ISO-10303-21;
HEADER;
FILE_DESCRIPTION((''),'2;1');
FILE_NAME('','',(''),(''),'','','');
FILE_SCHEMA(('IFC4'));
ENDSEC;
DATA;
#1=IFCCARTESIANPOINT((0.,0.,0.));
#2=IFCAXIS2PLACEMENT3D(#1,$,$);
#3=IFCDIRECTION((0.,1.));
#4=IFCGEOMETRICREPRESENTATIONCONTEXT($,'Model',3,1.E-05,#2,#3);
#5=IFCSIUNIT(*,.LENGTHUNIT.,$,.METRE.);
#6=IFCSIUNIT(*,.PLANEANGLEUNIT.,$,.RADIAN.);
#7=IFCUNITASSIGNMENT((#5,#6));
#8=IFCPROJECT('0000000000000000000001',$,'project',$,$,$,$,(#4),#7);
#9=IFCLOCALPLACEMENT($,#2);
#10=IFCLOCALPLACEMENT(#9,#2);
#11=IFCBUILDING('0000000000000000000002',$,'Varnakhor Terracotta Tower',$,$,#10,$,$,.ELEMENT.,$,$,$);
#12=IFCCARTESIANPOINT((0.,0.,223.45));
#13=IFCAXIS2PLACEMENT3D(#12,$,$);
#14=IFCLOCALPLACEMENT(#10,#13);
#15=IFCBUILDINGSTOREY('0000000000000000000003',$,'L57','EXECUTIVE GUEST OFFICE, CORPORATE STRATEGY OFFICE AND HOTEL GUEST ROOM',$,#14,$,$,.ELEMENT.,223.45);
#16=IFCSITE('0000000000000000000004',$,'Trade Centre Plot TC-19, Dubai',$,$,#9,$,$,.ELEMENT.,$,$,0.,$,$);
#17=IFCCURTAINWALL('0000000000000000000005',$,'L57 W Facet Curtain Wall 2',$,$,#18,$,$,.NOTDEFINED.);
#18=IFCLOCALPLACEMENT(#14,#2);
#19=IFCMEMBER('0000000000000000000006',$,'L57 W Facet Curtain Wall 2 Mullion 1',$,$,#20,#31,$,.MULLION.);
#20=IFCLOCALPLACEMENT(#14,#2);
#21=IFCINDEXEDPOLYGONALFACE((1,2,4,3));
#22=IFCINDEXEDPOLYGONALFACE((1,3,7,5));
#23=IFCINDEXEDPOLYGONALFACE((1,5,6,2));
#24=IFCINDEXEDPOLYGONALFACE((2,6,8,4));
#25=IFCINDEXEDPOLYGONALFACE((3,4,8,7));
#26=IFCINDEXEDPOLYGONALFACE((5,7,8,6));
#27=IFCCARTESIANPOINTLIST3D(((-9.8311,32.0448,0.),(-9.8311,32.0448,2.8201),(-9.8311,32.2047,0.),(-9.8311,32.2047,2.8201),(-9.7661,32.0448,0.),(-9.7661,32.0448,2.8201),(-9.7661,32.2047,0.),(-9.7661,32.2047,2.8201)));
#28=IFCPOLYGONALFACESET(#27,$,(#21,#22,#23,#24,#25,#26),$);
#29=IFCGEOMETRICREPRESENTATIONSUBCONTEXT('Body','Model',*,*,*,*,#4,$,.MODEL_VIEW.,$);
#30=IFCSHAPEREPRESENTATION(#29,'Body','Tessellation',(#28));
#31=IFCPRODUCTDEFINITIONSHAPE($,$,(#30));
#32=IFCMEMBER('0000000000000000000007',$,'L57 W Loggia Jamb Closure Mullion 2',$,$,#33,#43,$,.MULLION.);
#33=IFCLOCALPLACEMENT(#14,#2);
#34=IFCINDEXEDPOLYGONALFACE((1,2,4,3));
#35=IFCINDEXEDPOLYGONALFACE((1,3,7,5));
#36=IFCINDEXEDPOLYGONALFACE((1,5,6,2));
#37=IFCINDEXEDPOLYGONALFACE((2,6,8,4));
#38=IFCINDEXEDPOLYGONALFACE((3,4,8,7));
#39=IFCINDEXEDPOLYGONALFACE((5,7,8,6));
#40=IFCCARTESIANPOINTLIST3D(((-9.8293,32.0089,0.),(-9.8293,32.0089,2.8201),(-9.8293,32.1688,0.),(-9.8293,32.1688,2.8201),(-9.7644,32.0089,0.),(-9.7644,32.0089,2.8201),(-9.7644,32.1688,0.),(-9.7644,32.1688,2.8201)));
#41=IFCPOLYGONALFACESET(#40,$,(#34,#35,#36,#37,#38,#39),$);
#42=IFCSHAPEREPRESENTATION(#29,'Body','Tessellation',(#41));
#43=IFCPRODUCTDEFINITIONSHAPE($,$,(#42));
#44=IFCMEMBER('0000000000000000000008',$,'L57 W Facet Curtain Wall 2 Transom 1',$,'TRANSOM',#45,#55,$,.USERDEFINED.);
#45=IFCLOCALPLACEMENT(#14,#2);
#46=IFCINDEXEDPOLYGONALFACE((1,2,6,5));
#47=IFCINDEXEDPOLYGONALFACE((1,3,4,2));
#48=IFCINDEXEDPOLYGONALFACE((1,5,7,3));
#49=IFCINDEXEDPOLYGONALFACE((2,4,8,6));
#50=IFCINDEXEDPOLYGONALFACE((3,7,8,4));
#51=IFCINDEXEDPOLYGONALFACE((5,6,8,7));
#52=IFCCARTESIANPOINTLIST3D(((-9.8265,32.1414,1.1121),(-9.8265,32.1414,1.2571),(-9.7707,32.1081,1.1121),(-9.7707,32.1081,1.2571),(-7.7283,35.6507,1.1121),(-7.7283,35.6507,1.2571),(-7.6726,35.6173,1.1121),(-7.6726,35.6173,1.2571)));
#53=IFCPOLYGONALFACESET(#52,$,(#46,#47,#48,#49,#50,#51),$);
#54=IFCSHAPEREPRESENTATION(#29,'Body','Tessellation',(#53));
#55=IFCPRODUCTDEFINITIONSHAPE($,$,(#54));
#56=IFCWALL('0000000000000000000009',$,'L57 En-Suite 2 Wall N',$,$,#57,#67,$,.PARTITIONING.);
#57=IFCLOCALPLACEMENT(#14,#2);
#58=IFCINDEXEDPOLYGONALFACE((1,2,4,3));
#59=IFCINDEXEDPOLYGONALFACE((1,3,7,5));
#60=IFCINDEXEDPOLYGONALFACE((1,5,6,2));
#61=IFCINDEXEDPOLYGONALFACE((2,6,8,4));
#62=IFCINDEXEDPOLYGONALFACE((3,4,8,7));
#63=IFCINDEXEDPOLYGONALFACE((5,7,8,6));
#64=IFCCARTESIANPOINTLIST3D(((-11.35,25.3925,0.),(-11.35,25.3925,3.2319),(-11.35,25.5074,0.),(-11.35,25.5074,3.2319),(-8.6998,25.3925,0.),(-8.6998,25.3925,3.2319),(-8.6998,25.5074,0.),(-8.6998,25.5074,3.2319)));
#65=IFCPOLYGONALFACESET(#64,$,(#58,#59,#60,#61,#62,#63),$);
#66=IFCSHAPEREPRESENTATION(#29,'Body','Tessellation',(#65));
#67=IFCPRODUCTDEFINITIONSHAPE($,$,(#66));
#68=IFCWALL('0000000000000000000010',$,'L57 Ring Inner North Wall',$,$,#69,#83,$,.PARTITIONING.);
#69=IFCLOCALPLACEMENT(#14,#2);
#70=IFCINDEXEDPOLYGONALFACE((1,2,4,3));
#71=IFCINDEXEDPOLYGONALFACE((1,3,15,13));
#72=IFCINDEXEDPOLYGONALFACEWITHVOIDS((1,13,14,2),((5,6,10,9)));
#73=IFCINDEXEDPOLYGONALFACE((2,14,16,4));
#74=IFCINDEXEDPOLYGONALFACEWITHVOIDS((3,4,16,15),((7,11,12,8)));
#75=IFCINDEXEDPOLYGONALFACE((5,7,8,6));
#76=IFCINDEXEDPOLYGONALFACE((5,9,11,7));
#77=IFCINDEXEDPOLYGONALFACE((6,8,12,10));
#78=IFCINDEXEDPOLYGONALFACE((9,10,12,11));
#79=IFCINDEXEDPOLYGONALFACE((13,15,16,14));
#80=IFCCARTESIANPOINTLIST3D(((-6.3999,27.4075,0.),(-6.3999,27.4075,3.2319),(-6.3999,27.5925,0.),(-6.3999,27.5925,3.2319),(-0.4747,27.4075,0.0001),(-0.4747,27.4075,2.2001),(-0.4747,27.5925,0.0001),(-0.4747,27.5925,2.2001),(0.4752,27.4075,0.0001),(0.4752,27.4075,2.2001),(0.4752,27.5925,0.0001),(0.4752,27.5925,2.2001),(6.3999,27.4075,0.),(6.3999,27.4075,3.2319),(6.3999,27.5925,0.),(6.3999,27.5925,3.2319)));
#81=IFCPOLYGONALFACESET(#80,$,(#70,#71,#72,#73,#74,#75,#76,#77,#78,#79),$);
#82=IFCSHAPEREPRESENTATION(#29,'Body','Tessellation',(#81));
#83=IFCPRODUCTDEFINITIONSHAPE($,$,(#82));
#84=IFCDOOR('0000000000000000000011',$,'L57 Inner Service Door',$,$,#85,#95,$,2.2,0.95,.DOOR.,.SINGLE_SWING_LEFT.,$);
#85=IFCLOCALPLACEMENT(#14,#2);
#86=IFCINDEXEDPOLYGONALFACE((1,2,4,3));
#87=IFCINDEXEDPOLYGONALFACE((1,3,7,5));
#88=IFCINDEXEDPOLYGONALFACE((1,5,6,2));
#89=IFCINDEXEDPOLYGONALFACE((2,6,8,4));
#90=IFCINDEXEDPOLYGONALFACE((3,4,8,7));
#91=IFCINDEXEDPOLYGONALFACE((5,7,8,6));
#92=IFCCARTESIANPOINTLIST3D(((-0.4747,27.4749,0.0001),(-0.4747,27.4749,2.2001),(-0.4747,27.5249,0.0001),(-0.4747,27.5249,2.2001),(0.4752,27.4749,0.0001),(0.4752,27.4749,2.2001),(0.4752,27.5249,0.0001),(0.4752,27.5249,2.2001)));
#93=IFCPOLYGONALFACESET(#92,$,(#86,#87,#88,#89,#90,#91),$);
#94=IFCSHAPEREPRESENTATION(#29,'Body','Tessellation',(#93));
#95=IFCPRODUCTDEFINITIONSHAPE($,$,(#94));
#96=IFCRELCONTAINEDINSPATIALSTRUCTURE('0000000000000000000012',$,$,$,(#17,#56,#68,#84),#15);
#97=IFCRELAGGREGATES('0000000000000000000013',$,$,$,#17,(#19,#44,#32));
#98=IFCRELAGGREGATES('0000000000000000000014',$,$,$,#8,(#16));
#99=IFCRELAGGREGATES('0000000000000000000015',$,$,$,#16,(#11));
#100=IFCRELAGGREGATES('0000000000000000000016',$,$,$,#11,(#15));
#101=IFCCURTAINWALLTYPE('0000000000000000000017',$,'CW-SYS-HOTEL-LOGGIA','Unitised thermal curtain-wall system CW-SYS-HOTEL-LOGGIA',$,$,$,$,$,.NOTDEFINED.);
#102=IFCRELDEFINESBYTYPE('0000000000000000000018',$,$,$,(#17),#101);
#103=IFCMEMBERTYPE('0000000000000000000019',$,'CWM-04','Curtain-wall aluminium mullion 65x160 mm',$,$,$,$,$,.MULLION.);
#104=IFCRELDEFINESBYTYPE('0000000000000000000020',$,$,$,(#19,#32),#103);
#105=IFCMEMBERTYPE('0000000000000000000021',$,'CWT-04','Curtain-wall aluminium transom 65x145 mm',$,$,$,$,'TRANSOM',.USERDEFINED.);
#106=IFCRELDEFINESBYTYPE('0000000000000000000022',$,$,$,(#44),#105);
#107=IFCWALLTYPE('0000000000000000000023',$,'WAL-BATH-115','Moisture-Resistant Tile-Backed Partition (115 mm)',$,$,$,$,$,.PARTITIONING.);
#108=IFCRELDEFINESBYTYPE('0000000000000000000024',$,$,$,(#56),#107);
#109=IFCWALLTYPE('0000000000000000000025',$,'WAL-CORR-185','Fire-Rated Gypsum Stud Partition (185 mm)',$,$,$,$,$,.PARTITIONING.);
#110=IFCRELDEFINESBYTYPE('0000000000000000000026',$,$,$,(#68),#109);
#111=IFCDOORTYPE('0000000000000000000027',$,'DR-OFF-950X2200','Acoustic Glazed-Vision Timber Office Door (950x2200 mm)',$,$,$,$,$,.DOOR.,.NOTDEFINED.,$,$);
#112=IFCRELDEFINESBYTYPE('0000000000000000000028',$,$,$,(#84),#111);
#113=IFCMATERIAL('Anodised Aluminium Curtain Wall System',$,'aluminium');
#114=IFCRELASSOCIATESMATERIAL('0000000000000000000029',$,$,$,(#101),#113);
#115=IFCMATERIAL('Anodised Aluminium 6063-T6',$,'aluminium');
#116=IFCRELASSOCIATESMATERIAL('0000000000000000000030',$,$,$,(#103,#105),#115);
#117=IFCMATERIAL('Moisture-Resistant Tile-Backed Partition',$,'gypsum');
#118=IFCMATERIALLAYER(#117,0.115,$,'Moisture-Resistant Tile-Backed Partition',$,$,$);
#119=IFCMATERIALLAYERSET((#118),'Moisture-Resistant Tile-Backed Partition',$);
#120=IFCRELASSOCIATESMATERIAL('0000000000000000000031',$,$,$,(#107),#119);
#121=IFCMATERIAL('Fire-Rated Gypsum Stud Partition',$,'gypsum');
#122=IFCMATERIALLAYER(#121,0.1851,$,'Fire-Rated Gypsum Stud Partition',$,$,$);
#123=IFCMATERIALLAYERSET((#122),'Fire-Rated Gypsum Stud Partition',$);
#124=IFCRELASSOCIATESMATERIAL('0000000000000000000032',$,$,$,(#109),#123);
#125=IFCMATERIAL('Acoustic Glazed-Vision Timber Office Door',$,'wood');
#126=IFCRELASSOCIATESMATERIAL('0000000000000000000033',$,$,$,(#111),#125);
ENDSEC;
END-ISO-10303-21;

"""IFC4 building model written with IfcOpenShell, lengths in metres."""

from ifc_helpers import new_model, si_unit, direction, frame, frame_2d, origin, origin_2d, place, context, subcontext, project, spatial, rectangle, extrude, source, transform, mapped, material, layer, layer_set, material_profile, profile_set, type_object, type_shapes, element, fill, aggregate, save


model = new_model("IFC4")

# Units and contexts
model_context = context("Model", 3, precision=1e-05, world=origin(), true_north=direction((0.0, 1.0)))
body_context = subcontext(model_context, "Body", "Model", "MODEL_VIEW")
ifc_project = project(units=[si_unit("LENGTHUNIT", "METRE"), si_unit("PLANEANGLEUNIT", "RADIAN")], contexts=[model_context])

# Site, building, storey
site_placement = place(None, origin())
site = spatial("IfcSite", under=ifc_project, at=site_placement, Name="Trade Centre Plot TC-19, Dubai", CompositionType="ELEMENT", RefElevation=0.0)
building_placement = place(site_placement, origin())
building = spatial("IfcBuilding", under=site, at=building_placement, Name="Varnakhor Terracotta Tower", CompositionType="ELEMENT")
storey_placement = place(building_placement, frame((0.0, 0.0, 223.45)))
storey = spatial("IfcBuildingStorey", under=building, at=storey_placement, Name="L57", Description="EXECUTIVE GUEST OFFICE, CORPORATE STRATEGY OFFICE AND HOTEL GUEST ROOM", CompositionType="ELEMENT", Elevation=223.45)

# Curtain wall, members
ifc_material_1 = material(Name="Anodised Aluminium Curtain Wall System", Category="aluminium")
curtain_wall_type = type_object("IfcCurtainWallType", Name="CW-SYS-HOTEL-LOGGIA", Description="Unitised thermal curtain-wall system CW-SYS-HOTEL-LOGGIA", PredefinedType="NOTDEFINED", material=ifc_material_1)
curtain_wall_placement = place(storey_placement, origin())
curtain_wall = element("IfcCurtainWall", 1, at=curtain_wall_placement, inside=storey, type_object=curtain_wall_type, Name="L57 W Facet Curtain Wall 2", PredefinedType="NOTDEFINED")
ifc_material_2 = material(Name="Anodised Aluminium 6063-T6", Category="aluminium")
ifc_material_profile_1 = material_profile(ifc_material_2, rectangle(XDim=0.0649, YDim=0.1599, at=origin_2d()), Name="ALU MULLION 65x160")
ifc_profile_set_1 = profile_set([ifc_material_profile_1], Name="Anodised Aluminium 6063-T6")
member_type_1 = type_object("IfcMemberType", Name="CWM-04", Description="Curtain-wall aluminium mullion 65x160 mm", PredefinedType="MULLION", material=ifc_profile_set_1)
shared_shape_1 = source(origin(), body_context, "Body", "SweptSolid", [
    extrude(rectangle(XDim=0.0649, YDim=0.1599, at=origin_2d()), origin(), (0.0, 0.0, 1.0), 2.8201),
])
type_shapes(member_type_1, [shared_shape_1])
member_1_placement = place(storey_placement, frame((-9.7986, 32.1248, 0.0), z_axis=(0.0, 0.0, 1.0), x_axis=(1.0, 0.0, 0.0)))
member_1 = element("IfcMember", 2, at=member_1_placement, type_object=member_type_1, Name="L57 W Facet Curtain Wall 2 Mullion 1", PredefinedType="MULLION", context=body_context, shape_type="MappedRepresentation", body=[
    mapped(shared_shape_1, transform((0.0, 0.0, 0.0), scale=1.0)),
])
member_2_placement = place(storey_placement, frame((-9.7969, 32.0889, 0.0), z_axis=(0.0, 0.0, 1.0), x_axis=(1.0, 0.0, 0.0)))
member_2 = element("IfcMember", 3, at=member_2_placement, type_object=member_type_1, Name="L57 W Loggia Jamb Closure Mullion 2", PredefinedType="MULLION", context=body_context, shape_type="MappedRepresentation", body=[
    mapped(shared_shape_1, transform((0.0, 0.0, 0.0), scale=1.0)),
])
ifc_material_profile_2 = material_profile(ifc_material_2, rectangle(XDim=0.0649, YDim=0.145, at=origin_2d()), Name="ALU TRANSOM 65x145")
ifc_profile_set_2 = profile_set([ifc_material_profile_2], Name="Anodised Aluminium 6063-T6")
member_type_2 = type_object("IfcMemberType", Name="CWT-04", Description="Curtain-wall aluminium transom 65x145 mm", ElementType="TRANSOM", PredefinedType="USERDEFINED", material=ifc_profile_set_2)
shared_shape_2 = source(origin(), body_context, "Body", "SweptSolid", [
    extrude(rectangle(XDim=0.0649, YDim=0.145, at=origin_2d()), origin(), (0.0, 0.0, 1.0), 4.0886),
])
member_3_placement = place(storey_placement, frame((-9.7986, 32.1248, 1.1846), z_axis=(0.51316, 0.858293, 0.0), x_axis=(-0.858293, 0.51316, 0.0)))
member_3 = element("IfcMember", 4, at=member_3_placement, type_object=member_type_2, Name="L57 W Facet Curtain Wall 2 Transom 1", ObjectType="TRANSOM", PredefinedType="USERDEFINED", context=body_context, shape_type="MappedRepresentation", body=[
    mapped(shared_shape_2, transform((0.0, 0.0, 0.0), scale=1.0)),
])
aggregate(curtain_wall, [member_1, member_3, member_2])

# Wall
ifc_material_3 = material(Name="Moisture-Resistant Tile-Backed Partition", Category="gypsum")
ifc_layer_1 = layer(ifc_material_3, 0.115, Name="Moisture-Resistant Tile-Backed Partition")
ifc_layer_set_1 = layer_set([ifc_layer_1], Name="Moisture-Resistant Tile-Backed Partition")
wall_type_1 = type_object("IfcWallType", Name="WAL-BATH-115", Description="Moisture-Resistant Tile-Backed Partition (115 mm)", PredefinedType="PARTITIONING", material=ifc_layer_set_1)
wall_1_placement = place(storey_placement, frame((-11.3501, 25.45, 0.0), z_axis=(0.0, 0.0, 1.0), x_axis=(1.0, 0.0, 0.0)))
element("IfcWall", 5, at=wall_1_placement, inside=storey, type_object=wall_type_1, Name="L57 En-Suite 2 Wall N", PredefinedType="PARTITIONING", context=body_context, shape_type="SweptSolid", body=[
    extrude(rectangle(XDim=2.6501, YDim=0.115, at=frame_2d((1.3252, 0.0))), origin(), (0.0, 0.0, 1.0), 3.2319),
])

# Wall, opening, door
ifc_material_4 = material(Name="Fire-Rated Gypsum Stud Partition", Category="gypsum")
ifc_layer_2 = layer(ifc_material_4, 0.1851, Name="Fire-Rated Gypsum Stud Partition")
ifc_layer_set_2 = layer_set([ifc_layer_2], Name="Fire-Rated Gypsum Stud Partition")
wall_type_2 = type_object("IfcWallType", Name="WAL-CORR-185", Description="Fire-Rated Gypsum Stud Partition (185 mm)", PredefinedType="PARTITIONING", material=ifc_layer_set_2)
wall_2_placement = place(storey_placement, frame((-6.3999, 27.5, 0.0), z_axis=(0.0, 0.0, 1.0), x_axis=(1.0, 0.0, 0.0)))
wall_2 = element("IfcWall", 6, at=wall_2_placement, inside=storey, type_object=wall_type_2, Name="L57 Ring Inner North Wall", PredefinedType="PARTITIONING", context=body_context, shape_type="SweptSolid", body=[
    extrude(rectangle(XDim=12.7998, YDim=0.1851, at=frame_2d((6.3999, 0.0))), origin(), (0.0, 0.0, 1.0), 3.2319),
])
opening_1_placement = place(wall_2_placement, frame((5.925, 0.0, 0.0)))
opening_1 = element("IfcOpeningElement", 7, at=opening_1_placement, cuts=wall_2, PredefinedType="OPENING", context=body_context, shape_type="SweptSolid", body=[
    extrude(rectangle(XDim=0.95, YDim=2.2, at=frame_2d((0.4751, 1.1001))), frame((0.0, 0.1025, 0.0), z_axis=(0.0, -1.0, 0.0), x_axis=(1.0, 0.0, 0.0)), (0.0, 0.0, 1.0), 0.2051),
])
ifc_material_5 = material(Name="Acoustic Glazed-Vision Timber Office Door", Category="wood")
door_type_1 = type_object("IfcDoorType", Name="DR-OFF-950X2200", Description="Acoustic Glazed-Vision Timber Office Door (950x2200 mm)", OperationType="NOTDEFINED", PredefinedType="DOOR", material=ifc_material_5)
shared_shape_3 = source(origin(), body_context, "Body", "SweptSolid", [
    extrude(rectangle(XDim=0.95, YDim=2.2, at=frame_2d((0.4751, 1.1001))), frame((0.0, 0.0249, 0.0), z_axis=(0.0, -1.0, 0.0), x_axis=(1.0, 0.0, 0.0)), (0.0, 0.0, 1.0), 0.05),
])
type_shapes(door_type_1, [shared_shape_3])
door_1_placement = place(opening_1_placement, origin())
door_1 = element("IfcDoor", 8, at=door_1_placement, inside=storey, type_object=door_type_1, Name="L57 Inner Service Door", OperationType="SINGLE_SWING_LEFT", OverallHeight=2.2, OverallWidth=0.95, PredefinedType="DOOR", context=body_context, shape_type="MappedRepresentation", body=[
    mapped(shared_shape_3, transform((0.0, 0.0, 0.0), scale=1.0)),
])
fill(opening_1, door_1)

save(model, "model.ifc")
